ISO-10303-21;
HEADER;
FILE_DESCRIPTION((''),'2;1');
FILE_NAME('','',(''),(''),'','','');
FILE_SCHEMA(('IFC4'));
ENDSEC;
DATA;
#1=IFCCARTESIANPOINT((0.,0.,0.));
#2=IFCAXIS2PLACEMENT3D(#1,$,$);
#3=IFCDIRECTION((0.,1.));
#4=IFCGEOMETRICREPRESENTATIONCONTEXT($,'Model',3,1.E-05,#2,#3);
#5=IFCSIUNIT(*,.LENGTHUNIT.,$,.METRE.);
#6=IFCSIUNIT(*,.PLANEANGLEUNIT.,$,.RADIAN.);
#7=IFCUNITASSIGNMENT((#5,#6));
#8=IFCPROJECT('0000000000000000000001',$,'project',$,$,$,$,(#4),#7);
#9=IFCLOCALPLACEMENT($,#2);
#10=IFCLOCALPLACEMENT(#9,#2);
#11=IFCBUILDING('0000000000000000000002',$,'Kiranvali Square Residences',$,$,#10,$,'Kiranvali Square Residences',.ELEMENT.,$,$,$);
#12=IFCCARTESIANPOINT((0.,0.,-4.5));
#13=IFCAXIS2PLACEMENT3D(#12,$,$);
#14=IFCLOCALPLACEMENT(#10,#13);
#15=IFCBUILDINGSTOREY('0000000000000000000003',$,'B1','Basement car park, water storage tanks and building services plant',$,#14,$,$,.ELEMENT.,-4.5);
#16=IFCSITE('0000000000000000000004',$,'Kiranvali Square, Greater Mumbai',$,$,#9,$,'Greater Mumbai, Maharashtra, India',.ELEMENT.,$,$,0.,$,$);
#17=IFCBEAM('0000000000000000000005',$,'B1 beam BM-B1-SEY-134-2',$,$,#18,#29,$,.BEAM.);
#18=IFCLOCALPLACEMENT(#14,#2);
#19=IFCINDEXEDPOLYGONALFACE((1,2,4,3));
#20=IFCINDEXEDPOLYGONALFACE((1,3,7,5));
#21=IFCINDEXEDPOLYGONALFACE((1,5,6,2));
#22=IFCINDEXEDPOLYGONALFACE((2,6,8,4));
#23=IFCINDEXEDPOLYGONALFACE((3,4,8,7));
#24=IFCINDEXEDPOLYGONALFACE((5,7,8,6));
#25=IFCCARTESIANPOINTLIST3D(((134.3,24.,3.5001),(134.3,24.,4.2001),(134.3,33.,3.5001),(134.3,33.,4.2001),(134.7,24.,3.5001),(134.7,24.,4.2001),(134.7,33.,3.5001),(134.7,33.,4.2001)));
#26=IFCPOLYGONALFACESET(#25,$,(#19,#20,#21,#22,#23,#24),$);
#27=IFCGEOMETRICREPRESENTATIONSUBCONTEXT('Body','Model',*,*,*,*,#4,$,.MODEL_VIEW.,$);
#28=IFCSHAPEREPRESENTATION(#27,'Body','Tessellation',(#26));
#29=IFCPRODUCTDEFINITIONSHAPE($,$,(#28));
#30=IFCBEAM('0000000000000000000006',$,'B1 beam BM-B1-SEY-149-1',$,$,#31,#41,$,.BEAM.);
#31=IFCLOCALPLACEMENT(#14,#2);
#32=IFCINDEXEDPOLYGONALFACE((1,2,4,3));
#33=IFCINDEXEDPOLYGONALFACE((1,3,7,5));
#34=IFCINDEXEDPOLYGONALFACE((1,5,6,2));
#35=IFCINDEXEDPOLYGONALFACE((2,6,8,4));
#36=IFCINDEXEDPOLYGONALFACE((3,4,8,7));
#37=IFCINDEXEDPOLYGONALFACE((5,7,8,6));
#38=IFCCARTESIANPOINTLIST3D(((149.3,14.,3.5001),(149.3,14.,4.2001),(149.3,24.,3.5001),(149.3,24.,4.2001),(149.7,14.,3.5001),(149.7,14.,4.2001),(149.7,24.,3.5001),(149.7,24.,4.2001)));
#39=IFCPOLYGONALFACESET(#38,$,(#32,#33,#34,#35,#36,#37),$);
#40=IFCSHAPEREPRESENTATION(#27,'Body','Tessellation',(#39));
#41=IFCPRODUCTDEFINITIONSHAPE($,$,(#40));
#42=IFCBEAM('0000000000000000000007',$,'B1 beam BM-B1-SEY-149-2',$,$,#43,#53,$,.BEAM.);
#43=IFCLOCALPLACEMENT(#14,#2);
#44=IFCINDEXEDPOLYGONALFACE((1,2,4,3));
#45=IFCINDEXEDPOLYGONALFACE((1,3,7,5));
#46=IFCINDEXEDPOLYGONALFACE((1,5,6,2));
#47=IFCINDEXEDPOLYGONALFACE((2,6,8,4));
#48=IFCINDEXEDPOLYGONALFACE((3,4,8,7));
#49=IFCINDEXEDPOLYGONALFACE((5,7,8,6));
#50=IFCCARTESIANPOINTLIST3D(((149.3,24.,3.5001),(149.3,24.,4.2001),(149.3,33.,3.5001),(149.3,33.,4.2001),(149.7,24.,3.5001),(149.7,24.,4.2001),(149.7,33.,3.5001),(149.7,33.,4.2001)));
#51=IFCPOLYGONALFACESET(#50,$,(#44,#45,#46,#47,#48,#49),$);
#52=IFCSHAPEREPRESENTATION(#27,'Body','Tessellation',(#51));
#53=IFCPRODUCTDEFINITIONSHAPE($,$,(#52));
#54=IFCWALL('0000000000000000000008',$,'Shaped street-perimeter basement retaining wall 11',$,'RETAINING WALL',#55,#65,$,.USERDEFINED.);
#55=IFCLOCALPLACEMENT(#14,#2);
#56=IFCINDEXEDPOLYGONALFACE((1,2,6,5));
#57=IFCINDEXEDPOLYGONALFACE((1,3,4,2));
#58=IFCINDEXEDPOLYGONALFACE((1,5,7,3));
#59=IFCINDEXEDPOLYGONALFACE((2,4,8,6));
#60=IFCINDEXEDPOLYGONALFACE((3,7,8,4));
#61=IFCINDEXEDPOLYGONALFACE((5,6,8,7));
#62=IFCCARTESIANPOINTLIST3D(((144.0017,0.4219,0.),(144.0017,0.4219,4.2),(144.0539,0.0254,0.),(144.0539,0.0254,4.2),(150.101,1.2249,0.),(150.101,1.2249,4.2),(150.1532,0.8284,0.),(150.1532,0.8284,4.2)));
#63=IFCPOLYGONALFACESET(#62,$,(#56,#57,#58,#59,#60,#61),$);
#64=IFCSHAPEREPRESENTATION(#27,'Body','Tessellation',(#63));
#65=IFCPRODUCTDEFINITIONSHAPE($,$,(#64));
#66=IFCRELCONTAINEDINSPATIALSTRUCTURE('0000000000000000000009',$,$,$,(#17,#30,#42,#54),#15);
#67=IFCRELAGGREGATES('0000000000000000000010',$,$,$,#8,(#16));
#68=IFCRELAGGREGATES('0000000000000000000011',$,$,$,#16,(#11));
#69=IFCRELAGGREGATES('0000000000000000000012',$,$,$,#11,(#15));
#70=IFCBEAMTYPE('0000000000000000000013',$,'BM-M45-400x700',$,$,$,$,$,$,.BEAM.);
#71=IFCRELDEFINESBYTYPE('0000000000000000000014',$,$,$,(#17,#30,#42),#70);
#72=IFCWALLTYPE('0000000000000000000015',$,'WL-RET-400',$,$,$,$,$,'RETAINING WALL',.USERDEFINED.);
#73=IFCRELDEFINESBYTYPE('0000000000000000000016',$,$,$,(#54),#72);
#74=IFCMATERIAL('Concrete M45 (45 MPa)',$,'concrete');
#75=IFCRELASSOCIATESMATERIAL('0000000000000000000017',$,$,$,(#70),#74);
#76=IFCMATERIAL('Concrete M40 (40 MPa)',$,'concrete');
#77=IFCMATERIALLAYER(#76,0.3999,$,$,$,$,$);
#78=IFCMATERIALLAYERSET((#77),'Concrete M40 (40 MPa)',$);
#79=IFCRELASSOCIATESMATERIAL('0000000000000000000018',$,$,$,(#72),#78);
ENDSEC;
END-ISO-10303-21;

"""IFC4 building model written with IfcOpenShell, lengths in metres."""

from ifc_helpers import new_model, si_unit, direction, frame, frame_2d, origin, origin_2d, place, context, subcontext, project, spatial, rectangle, extrude, material, layer, layer_set, material_profile, profile_set, type_object, element, save


model = new_model("IFC4")

# Units and contexts
model_context = context("Model", 3, precision=1e-05, world=origin(), true_north=direction((0.0, 1.0)))
body_context = subcontext(model_context, "Body", "Model", "MODEL_VIEW")
ifc_project = project(units=[si_unit("LENGTHUNIT", "METRE"), si_unit("PLANEANGLEUNIT", "RADIAN")], contexts=[model_context])

# Site, building, storey
site_placement = place(None, origin())
site = spatial("IfcSite", under=ifc_project, at=site_placement, Name="Kiranvali Square, Greater Mumbai", LongName="Greater Mumbai, Maharashtra, India", CompositionType="ELEMENT", RefElevation=0.0)
building_placement = place(site_placement, origin())
building = spatial("IfcBuilding", under=site, at=building_placement, Name="Kiranvali Square Residences", LongName="Kiranvali Square Residences", CompositionType="ELEMENT")
storey_placement = place(building_placement, frame((0.0, 0.0, -4.5)))
storey = spatial("IfcBuildingStorey", under=building, at=storey_placement, Name="B1", Description="Basement car park, water storage tanks and building services plant", CompositionType="ELEMENT", Elevation=-4.5)

# Shared definitions
ifc_material_1 = material(Name="Concrete M40 (40 MPa)", Category="concrete")

# Shared definitions
ifc_material_2 = material(Name="Concrete M45 (45 MPa)", Category="concrete")

# Beams
ifc_material_profile_1 = material_profile(ifc_material_2, rectangle(XDim=0.3999, YDim=0.7, at=origin_2d()), Name="RC 400x700")
ifc_profile_set_1 = profile_set([ifc_material_profile_1], Name="Concrete M45 (45 MPa)")
beam_type = type_object("IfcBeamType", Name="BM-M45-400x700", PredefinedType="BEAM", material=ifc_profile_set_1)
beam_1_placement = place(storey_placement, frame((134.5, 24.0, 3.8501), z_axis=(0.0, 1.0, 0.0), x_axis=(-1.0, 0.0, 0.0)))
element("IfcBeam", 1, at=beam_1_placement, inside=storey, type_object=beam_type, Name="B1 beam BM-B1-SEY-134-2", PredefinedType="BEAM", context=body_context, shape_type="SweptSolid", body=[
    extrude(rectangle(XDim=0.3999, YDim=0.7, at=origin_2d()), origin(), (0.0, 0.0, 1.0), 9.0),
])
beam_2_placement = place(storey_placement, frame((149.5, 14.0, 3.8501), z_axis=(0.0, 1.0, 0.0), x_axis=(-1.0, 0.0, 0.0)))
element("IfcBeam", 2, at=beam_2_placement, inside=storey, type_object=beam_type, Name="B1 beam BM-B1-SEY-149-1", PredefinedType="BEAM", context=body_context, shape_type="SweptSolid", body=[
    extrude(rectangle(XDim=0.3999, YDim=0.7, at=origin_2d()), origin(), (0.0, 0.0, 1.0), 10.0),
])
beam_3_placement = place(storey_placement, frame((149.5, 24.0, 3.8501), z_axis=(0.0, 1.0, 0.0), x_axis=(-1.0, 0.0, 0.0)))
element("IfcBeam", 3, at=beam_3_placement, inside=storey, type_object=beam_type, Name="B1 beam BM-B1-SEY-149-2", PredefinedType="BEAM", context=body_context, shape_type="SweptSolid", body=[
    extrude(rectangle(XDim=0.3999, YDim=0.7, at=origin_2d()), origin(), (0.0, 0.0, 1.0), 9.0),
])

# Wall
ifc_layer = layer(ifc_material_1, 0.3999)
ifc_layer_set = layer_set([ifc_layer], Name="Concrete M40 (40 MPa)")
wall_type = type_object("IfcWallType", Name="WL-RET-400", ElementType="RETAINING WALL", PredefinedType="USERDEFINED", material=ifc_layer_set)
wall_placement = place(storey_placement, frame((144.0278, 0.2236, 0.0), z_axis=(0.0, 0.0, 1.0), x_axis=(0.991445, 0.130528, 0.0)))
element("IfcWall", 4, at=wall_placement, inside=storey, type_object=wall_type, Name="Shaped street-perimeter basement retaining wall 11", ObjectType="RETAINING WALL", PredefinedType="USERDEFINED", context=body_context, shape_type="SweptSolid", body=[
    extrude(rectangle(XDim=6.1519, YDim=0.3999, at=frame_2d((3.0759, 0.0))), origin(), (0.0, 0.0, 1.0), 4.2),
])

save(model, "model.ifc")
